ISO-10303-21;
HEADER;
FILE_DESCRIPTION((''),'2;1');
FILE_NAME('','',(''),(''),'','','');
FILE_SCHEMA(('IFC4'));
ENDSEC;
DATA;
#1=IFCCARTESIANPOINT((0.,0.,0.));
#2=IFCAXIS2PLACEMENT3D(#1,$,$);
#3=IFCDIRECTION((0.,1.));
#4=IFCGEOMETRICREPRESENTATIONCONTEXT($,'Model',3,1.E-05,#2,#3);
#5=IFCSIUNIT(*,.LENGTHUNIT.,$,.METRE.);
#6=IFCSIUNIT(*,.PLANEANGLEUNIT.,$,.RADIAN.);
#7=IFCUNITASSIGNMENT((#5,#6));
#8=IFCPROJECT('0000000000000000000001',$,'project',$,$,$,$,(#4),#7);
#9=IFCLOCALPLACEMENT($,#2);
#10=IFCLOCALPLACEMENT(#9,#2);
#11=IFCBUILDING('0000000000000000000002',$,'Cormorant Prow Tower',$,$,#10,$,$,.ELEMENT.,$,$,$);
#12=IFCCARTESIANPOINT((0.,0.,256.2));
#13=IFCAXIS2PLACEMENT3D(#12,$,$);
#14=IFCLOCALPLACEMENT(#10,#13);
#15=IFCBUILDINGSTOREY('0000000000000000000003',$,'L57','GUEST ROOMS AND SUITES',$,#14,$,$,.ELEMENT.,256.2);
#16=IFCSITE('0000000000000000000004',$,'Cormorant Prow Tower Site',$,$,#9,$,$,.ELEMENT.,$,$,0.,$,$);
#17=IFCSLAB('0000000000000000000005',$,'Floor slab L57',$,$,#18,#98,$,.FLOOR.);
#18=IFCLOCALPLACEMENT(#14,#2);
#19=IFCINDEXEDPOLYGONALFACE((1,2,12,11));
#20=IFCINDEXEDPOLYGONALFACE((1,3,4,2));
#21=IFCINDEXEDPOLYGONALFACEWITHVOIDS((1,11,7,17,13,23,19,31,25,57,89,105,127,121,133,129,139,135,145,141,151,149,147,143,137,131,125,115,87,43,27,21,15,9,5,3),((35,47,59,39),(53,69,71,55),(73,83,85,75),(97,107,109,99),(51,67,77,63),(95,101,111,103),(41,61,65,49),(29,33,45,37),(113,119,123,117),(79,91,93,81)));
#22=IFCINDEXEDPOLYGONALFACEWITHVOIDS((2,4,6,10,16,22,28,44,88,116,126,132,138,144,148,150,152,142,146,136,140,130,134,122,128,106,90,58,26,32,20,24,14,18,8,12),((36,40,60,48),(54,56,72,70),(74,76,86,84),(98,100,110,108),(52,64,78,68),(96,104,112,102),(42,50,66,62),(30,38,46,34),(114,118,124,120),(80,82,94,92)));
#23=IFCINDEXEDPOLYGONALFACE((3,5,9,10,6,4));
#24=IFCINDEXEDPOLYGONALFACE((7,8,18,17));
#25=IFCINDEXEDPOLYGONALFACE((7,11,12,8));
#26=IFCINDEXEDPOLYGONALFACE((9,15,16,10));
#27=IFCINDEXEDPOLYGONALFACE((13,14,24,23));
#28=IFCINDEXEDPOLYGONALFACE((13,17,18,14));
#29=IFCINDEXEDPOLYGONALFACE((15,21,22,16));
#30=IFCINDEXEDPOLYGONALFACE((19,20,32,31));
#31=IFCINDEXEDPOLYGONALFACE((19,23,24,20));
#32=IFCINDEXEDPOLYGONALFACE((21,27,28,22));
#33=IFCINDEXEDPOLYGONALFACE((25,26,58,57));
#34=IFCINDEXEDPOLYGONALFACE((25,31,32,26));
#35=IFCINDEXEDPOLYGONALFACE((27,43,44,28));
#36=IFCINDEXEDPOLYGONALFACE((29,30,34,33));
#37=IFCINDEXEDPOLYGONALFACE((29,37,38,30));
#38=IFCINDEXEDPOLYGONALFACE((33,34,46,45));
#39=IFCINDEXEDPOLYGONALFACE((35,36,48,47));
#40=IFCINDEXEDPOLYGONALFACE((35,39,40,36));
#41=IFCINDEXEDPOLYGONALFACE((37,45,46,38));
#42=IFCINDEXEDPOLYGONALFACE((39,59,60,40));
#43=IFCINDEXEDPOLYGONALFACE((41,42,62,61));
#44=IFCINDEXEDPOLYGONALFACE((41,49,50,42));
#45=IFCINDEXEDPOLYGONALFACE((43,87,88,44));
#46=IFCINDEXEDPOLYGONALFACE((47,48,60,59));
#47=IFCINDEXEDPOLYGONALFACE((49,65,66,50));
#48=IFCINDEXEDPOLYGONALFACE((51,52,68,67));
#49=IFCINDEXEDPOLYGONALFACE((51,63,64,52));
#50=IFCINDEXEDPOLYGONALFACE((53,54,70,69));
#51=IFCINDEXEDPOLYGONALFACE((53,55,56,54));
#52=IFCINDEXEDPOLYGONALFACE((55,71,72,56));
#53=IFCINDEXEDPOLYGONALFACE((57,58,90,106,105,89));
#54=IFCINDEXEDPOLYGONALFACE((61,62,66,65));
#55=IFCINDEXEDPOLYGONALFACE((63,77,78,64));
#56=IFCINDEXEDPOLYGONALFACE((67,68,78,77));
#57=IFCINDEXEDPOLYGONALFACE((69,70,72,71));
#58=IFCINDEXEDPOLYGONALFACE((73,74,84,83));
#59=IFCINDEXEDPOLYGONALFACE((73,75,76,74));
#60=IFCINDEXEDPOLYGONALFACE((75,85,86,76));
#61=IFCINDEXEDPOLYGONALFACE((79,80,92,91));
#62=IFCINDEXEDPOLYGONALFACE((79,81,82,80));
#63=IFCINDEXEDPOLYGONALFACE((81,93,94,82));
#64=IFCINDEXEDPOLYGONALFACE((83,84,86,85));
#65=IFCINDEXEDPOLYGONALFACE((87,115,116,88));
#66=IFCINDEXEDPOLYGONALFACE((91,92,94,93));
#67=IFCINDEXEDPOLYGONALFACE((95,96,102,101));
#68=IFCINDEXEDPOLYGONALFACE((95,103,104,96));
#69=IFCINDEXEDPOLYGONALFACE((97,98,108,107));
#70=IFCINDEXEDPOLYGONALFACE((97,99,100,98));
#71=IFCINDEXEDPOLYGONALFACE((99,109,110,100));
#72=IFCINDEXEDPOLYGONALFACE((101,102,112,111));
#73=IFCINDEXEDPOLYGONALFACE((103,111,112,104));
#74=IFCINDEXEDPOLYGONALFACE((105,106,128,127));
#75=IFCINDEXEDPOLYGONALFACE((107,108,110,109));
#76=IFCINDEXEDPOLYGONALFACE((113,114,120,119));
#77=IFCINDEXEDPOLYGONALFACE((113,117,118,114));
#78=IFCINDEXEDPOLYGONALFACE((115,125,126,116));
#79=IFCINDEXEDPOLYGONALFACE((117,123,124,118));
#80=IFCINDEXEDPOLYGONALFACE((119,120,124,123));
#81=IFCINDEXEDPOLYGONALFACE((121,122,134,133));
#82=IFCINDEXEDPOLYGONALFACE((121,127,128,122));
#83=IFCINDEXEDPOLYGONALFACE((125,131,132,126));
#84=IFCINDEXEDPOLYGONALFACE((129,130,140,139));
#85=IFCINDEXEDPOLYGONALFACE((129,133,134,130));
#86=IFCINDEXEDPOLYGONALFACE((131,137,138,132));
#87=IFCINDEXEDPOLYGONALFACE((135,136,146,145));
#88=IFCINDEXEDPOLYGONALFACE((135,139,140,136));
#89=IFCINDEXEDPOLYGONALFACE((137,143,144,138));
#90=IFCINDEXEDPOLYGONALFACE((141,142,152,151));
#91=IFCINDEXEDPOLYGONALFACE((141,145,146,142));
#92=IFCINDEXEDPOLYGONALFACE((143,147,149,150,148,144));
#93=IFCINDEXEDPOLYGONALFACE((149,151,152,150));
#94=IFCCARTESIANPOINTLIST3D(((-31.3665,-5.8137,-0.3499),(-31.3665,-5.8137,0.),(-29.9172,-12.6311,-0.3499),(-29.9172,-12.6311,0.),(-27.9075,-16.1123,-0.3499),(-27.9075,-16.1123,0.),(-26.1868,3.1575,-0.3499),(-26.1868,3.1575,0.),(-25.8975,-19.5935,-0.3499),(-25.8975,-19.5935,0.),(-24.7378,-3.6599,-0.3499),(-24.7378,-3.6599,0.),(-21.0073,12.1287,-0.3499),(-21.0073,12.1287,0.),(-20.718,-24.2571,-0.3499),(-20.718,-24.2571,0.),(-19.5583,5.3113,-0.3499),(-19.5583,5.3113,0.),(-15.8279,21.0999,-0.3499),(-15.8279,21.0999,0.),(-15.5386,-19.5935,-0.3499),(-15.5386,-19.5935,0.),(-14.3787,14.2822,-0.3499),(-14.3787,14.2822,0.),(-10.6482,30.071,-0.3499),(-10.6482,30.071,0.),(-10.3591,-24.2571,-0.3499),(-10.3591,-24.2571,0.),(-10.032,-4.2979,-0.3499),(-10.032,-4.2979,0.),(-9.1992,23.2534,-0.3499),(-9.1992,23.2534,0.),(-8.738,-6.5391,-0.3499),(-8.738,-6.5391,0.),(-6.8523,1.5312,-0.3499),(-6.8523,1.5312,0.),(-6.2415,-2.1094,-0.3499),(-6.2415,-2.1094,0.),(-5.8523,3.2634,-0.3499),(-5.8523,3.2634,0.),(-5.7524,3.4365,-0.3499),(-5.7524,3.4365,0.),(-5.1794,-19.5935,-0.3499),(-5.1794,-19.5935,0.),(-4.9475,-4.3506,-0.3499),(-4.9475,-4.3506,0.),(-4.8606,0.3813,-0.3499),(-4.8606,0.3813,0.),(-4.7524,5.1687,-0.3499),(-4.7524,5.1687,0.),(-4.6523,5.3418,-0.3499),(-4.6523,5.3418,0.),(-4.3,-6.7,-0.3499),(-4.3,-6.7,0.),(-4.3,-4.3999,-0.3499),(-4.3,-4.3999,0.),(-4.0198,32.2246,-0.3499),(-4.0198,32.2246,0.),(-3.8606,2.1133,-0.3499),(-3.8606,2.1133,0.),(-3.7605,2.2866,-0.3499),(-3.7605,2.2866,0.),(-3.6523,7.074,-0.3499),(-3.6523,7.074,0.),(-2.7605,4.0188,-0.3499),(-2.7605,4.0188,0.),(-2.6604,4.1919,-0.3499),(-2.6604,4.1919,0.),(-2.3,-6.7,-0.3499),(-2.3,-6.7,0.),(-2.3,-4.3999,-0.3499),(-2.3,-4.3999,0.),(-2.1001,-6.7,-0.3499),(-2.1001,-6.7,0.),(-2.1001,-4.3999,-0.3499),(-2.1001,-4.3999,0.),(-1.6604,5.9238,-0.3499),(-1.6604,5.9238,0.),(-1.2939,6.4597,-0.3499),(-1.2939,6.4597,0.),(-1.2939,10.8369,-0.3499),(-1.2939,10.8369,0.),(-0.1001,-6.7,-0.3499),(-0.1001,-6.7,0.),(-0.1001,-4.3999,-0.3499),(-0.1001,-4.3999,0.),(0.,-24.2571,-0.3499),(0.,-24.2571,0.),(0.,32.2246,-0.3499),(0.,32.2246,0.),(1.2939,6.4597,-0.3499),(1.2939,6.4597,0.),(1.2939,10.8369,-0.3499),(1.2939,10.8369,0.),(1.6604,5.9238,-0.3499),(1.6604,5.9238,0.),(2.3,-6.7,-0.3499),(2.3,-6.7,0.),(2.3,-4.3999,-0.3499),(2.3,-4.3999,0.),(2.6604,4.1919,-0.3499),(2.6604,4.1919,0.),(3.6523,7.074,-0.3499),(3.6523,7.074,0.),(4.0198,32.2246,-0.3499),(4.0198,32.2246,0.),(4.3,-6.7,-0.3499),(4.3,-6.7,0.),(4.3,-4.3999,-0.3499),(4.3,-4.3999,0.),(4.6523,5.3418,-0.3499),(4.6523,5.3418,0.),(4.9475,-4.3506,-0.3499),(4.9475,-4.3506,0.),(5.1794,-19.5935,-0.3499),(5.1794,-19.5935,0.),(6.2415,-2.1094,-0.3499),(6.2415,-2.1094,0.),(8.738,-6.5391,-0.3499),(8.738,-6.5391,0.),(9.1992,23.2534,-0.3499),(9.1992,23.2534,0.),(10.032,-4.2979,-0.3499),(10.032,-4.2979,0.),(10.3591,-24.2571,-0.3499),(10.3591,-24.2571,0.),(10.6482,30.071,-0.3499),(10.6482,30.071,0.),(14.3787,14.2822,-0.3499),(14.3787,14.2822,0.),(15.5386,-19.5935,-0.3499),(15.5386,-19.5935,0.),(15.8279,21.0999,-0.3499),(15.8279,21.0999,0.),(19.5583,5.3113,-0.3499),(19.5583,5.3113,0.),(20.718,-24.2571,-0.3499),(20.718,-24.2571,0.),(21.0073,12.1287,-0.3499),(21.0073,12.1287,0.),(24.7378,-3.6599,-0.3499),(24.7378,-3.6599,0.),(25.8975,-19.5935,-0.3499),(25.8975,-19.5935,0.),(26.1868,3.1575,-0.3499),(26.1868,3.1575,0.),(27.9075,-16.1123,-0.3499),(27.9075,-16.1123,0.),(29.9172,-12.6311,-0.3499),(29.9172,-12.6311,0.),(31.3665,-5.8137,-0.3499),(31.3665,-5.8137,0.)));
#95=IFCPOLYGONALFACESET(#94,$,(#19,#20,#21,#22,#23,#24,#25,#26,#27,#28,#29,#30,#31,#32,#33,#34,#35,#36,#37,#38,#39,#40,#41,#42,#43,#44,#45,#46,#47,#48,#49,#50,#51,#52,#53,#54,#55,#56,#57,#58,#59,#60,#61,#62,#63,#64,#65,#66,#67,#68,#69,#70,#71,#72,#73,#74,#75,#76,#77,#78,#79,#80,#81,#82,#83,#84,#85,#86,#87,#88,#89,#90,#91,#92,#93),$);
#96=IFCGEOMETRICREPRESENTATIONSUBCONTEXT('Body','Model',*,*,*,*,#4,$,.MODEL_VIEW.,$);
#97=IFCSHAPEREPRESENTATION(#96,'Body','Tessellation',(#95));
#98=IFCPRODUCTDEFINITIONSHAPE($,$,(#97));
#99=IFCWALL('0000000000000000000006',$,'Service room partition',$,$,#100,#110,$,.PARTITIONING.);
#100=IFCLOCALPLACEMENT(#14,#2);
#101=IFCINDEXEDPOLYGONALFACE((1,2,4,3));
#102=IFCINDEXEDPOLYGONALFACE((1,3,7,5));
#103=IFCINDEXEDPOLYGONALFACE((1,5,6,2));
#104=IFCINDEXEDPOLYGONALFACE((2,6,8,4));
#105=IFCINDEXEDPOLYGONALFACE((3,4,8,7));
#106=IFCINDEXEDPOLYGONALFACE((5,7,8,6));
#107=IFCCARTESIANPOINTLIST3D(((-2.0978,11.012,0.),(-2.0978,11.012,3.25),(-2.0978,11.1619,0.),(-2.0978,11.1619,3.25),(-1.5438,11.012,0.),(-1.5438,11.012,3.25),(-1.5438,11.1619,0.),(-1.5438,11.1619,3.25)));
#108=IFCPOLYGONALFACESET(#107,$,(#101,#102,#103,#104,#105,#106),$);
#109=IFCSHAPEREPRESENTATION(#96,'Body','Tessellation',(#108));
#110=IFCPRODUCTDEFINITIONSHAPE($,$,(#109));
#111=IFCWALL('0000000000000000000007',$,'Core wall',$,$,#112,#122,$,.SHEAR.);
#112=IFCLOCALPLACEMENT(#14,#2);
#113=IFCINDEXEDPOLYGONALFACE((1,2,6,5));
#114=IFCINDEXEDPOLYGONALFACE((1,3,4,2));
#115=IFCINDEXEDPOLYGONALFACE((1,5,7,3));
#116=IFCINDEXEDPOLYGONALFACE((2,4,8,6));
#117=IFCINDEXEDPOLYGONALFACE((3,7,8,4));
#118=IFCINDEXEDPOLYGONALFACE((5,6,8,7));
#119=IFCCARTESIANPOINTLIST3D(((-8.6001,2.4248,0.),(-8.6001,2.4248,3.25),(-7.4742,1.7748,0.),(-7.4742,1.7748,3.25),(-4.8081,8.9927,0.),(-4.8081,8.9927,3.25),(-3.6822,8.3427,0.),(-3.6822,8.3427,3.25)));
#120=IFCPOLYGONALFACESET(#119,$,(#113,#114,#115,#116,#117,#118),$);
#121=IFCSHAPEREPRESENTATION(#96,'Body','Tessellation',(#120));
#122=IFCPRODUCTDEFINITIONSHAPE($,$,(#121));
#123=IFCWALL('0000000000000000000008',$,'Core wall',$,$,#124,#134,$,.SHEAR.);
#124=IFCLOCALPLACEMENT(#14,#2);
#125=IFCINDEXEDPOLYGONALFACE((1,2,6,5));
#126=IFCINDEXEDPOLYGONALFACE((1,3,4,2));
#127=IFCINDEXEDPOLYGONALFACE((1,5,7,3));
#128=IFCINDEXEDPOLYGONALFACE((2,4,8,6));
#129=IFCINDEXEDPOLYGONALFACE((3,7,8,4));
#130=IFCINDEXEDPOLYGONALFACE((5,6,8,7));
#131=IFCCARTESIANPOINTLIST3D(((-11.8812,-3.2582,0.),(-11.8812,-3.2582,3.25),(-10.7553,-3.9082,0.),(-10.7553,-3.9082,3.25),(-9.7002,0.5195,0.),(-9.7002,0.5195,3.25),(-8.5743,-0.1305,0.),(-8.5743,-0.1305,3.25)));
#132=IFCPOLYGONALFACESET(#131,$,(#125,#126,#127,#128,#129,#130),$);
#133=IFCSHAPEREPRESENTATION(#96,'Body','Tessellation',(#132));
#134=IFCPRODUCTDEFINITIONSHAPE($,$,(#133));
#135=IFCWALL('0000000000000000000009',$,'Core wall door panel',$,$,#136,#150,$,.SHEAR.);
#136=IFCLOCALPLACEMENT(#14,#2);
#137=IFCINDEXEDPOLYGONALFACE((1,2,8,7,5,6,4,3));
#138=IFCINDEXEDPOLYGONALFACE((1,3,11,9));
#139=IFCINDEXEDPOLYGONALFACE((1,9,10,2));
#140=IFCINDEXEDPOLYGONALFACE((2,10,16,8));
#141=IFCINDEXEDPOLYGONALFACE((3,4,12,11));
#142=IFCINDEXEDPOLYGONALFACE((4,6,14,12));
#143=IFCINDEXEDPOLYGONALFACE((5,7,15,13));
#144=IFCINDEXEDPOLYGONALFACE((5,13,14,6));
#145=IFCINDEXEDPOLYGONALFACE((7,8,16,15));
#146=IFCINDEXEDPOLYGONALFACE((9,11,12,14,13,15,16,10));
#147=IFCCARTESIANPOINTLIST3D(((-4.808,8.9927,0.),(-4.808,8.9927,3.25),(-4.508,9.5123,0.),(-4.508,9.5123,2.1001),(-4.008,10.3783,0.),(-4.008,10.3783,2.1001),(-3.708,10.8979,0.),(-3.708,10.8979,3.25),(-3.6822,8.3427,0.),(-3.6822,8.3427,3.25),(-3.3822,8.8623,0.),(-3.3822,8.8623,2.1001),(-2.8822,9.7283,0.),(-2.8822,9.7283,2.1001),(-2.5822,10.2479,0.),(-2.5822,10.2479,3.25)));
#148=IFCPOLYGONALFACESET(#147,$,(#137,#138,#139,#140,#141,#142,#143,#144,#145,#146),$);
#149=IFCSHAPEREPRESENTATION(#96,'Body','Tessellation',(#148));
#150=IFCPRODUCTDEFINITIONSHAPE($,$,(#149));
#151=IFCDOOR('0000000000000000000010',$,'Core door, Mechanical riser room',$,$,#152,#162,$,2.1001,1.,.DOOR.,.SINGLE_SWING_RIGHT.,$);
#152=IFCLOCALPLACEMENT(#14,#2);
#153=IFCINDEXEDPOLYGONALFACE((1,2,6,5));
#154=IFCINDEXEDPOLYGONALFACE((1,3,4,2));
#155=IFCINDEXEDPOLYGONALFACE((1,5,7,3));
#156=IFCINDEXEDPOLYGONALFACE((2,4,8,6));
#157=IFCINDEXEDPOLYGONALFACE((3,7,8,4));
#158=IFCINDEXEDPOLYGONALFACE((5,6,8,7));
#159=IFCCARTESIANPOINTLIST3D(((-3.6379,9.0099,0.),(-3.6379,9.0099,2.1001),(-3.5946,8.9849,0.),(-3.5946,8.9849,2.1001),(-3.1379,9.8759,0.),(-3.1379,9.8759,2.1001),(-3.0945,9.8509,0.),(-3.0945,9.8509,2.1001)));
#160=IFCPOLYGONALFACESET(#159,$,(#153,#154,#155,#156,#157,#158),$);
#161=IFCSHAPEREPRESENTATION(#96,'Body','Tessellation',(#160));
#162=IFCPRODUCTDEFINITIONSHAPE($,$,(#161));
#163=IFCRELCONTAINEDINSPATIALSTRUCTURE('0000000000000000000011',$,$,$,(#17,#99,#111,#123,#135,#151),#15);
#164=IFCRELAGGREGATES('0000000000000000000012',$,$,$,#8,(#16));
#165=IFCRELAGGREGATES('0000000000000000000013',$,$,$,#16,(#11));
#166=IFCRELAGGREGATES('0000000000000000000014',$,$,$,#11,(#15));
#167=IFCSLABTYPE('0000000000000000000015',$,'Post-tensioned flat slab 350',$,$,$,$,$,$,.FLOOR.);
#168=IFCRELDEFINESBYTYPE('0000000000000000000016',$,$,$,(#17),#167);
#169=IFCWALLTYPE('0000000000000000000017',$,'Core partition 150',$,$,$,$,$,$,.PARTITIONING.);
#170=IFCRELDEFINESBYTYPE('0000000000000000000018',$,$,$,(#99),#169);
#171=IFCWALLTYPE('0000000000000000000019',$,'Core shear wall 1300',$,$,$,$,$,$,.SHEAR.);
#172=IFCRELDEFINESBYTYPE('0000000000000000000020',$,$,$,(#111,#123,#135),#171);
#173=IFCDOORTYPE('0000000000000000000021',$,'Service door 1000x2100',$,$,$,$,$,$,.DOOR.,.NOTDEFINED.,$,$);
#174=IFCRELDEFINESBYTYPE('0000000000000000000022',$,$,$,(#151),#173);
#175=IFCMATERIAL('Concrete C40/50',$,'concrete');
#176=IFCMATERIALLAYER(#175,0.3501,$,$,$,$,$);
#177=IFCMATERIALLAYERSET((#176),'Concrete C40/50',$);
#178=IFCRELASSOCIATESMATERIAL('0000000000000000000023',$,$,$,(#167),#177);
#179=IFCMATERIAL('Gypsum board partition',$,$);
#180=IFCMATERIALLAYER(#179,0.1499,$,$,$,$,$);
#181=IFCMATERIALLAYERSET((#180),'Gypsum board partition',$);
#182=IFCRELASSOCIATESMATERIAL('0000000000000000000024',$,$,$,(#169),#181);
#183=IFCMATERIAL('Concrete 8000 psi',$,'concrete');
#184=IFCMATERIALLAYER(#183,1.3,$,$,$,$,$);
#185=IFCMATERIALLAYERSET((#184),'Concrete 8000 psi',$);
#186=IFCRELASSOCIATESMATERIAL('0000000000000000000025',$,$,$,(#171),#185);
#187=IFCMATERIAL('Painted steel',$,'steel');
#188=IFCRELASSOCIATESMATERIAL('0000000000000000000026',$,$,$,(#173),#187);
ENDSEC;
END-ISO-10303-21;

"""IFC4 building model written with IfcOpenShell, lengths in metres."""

from ifc_helpers import new_model, si_unit, direction, frame, frame_2d, origin, place, context, subcontext, project, spatial, polyline, rectangle, outline, extrude, material, layer, layer_set, type_object, element, fill, save


model = new_model("IFC4")

# Units and contexts
model_context = context("Model", 3, precision=1e-05, world=origin(), true_north=direction((0.0, 1.0)))
body_context = subcontext(model_context, "Body", "Model", "MODEL_VIEW")
ifc_project = project(units=[si_unit("LENGTHUNIT", "METRE"), si_unit("PLANEANGLEUNIT", "RADIAN")], contexts=[model_context])

# Site, building, storey
site_placement = place(None, origin())
site = spatial("IfcSite", under=ifc_project, at=site_placement, Name="Cormorant Prow Tower Site", CompositionType="ELEMENT", RefElevation=0.0)
building_placement = place(site_placement, origin())
building = spatial("IfcBuilding", under=site, at=building_placement, Name="Cormorant Prow Tower", CompositionType="ELEMENT")
storey_placement = place(building_placement, frame((0.0, 0.0, 256.2)))
storey = spatial("IfcBuildingStorey", under=building, at=storey_placement, Name="L57", Description="GUEST ROOMS AND SUITES", CompositionType="ELEMENT", Elevation=256.2)

# Slab
ifc_material_1 = material(Name="Concrete C40/50", Category="concrete")
ifc_layer_1 = layer(ifc_material_1, 0.3501)
ifc_layer_set_1 = layer_set([ifc_layer_1], Name="Concrete C40/50")
slab_type_1 = type_object("IfcSlabType", Name="Post-tensioned flat slab 350", PredefinedType="FLOOR", material=ifc_layer_set_1)
slab_1_placement = place(storey_placement, frame((0.0, 0.0, -0.3499)))
element("IfcSlab", 1, at=slab_1_placement, inside=storey, type_object=slab_type_1, Name="Floor slab L57", PredefinedType="FLOOR", context=body_context, shape_type="SweptSolid", body=[
    extrude(outline(polyline([(-9.1992, 23.2534), (-15.8279, 21.0999), (-14.3787, 14.2822), (-21.0073, 12.1287), (-19.5583, 5.3113), (-26.1868, 3.1575), (-24.7378, -3.6599), (-31.3665, -5.8137), (-29.9172, -12.6311), (-27.9075, -16.1123), (-25.8975, -19.5935), (-20.718, -24.2571), (-15.5386, -19.5935), (-10.3591, -24.2571), (-5.1794, -19.5935), (0.0, -24.2571), (5.1794, -19.5935), (10.3591, -24.2571), (15.5386, -19.5935), (20.718, -24.2571), (25.8975, -19.5935), (27.9075, -16.1123), (29.9172, -12.6311), (31.3665, -5.8137), (24.7378, -3.6599), (26.1868, 3.1575), (19.5583, 5.3113), (21.0073, 12.1287), (14.3787, 14.2822), (15.8279, 21.0999), (9.1992, 23.2534), (10.6482, 30.071), (4.0198, 32.2246), (0.0, 32.2246), (-4.0198, 32.2246), (-10.6482, 30.071), (-9.1992, 23.2534)]), holes=[polyline([(-4.3, -4.3999), (-2.3, -4.3999), (-2.3, -6.7), (-4.3, -6.7), (-4.3, -4.3999)]), polyline([(-0.1001, -4.3999), (-0.1001, -6.7), (-2.1001, -6.7), (-2.1001, -4.3999), (-0.1001, -4.3999)]), polyline([(4.3, -6.7), (2.3, -6.7), (2.3, -4.3999), (4.3, -4.3999), (4.3, -6.7)]), polyline([(4.6523, 5.3418), (2.6604, 4.1919), (1.6604, 5.9238), (3.6523, 7.074), (4.6523, 5.3418)]), polyline([(-1.6604, 5.9238), (-2.6604, 4.1919), (-4.6523, 5.3418), (-3.6523, 7.074), (-1.6604, 5.9238)]), polyline([(-3.7605, 2.2866), (-5.7524, 3.4365), (-4.7524, 5.1687), (-2.7605, 4.0188), (-3.7605, 2.2866)]), polyline([(-6.8523, 1.5312), (-5.8523, 3.2634), (-3.8606, 2.1133), (-4.8606, 0.3813), (-6.8523, 1.5312)]), polyline([(-4.9475, -4.3506), (-8.738, -6.5391), (-10.032, -4.2979), (-6.2415, -2.1094), (-4.9475, -4.3506)]), polyline([(10.032, -4.2979), (8.738, -6.5391), (4.9475, -4.3506), (6.2415, -2.1094), (10.032, -4.2979)]), polyline([(1.2939, 10.8369), (1.2939, 6.4597), (-1.2939, 6.4597), (-1.2939, 10.8369), (1.2939, 10.8369)])]), origin(), (0.0, 0.0, 1.0), 0.3499),
])

# Walls
ifc_material_2 = material(Name="Gypsum board partition")
ifc_layer_2 = layer(ifc_material_2, 0.1499)
ifc_layer_set_2 = layer_set([ifc_layer_2], Name="Gypsum board partition")
wall_type_1 = type_object("IfcWallType", Name="Core partition 150", PredefinedType="PARTITIONING", material=ifc_layer_set_2)
wall_1_placement = place(storey_placement, frame((-1.5439, 11.0869, 0.0), z_axis=(0.0, 0.0, 1.0), x_axis=(-1.0, 0.0, 0.0)))
element("IfcWall", 2, at=wall_1_placement, inside=storey, type_object=wall_type_1, Name="Service room partition", PredefinedType="PARTITIONING", context=body_context, shape_type="SweptSolid", body=[
    extrude(rectangle(XDim=0.554, YDim=0.1499, at=frame_2d((0.2769, 0.0))), origin(), (0.0, 0.0, 1.0), 3.25),
])
ifc_material_3 = material(Name="Concrete 8000 psi", Category="concrete")
ifc_layer_3 = layer(ifc_material_3, 1.3)
ifc_layer_set_3 = layer_set([ifc_layer_3], Name="Concrete 8000 psi")
wall_type_2 = type_object("IfcWallType", Name="Core shear wall 1300", PredefinedType="SHEAR", material=ifc_layer_set_3)
wall_2_placement = place(storey_placement, frame((-4.2451, 8.6677, 0.0), z_axis=(0.0, 0.0, 1.0), x_axis=(-0.500003, -0.866024, 0.0)))
element("IfcWall", 3, at=wall_2_placement, inside=storey, type_object=wall_type_2, Name="Core wall", PredefinedType="SHEAR", context=body_context, shape_type="SweptSolid", body=[
    extrude(rectangle(XDim=7.584, YDim=1.3, at=frame_2d((3.792, 0.0))), origin(), (0.0, 0.0, 1.0), 3.25),
])
wall_3_placement = place(storey_placement, frame((-9.1372, 0.1946, 0.0), z_axis=(0.0, 0.0, 1.0), x_axis=(-0.499986, -0.866034, 0.0)))
element("IfcWall", 4, at=wall_3_placement, inside=storey, type_object=wall_type_2, Name="Core wall", PredefinedType="SHEAR", context=body_context, shape_type="SweptSolid", body=[
    extrude(rectangle(XDim=4.3621, YDim=1.3, at=frame_2d((2.1812, 0.0))), origin(), (0.0, 0.0, 1.0), 3.25),
])

# Wall, opening, door
wall_4_placement = place(storey_placement, frame((-3.145, 10.573, 0.0), z_axis=(0.0, 0.0, 1.0), x_axis=(-0.50003, -0.866008, 0.0)))
wall_4 = element("IfcWall", 5, at=wall_4_placement, inside=storey, type_object=wall_type_2, Name="Core wall door panel", PredefinedType="SHEAR", context=body_context, shape_type="SweptSolid", body=[
    extrude(rectangle(XDim=2.2, YDim=1.3, at=frame_2d((1.1001, 0.0))), origin(), (0.0, 0.0, 1.0), 3.25),
])
opening_1_placement = place(wall_4_placement, frame((0.6001, 0.0, 0.0)))
opening_1 = element("IfcOpeningElement", 6, at=opening_1_placement, cuts=wall_4, PredefinedType="OPENING", context=body_context, shape_type="SweptSolid", body=[
    extrude(rectangle(XDim=1.0, YDim=2.1001, at=frame_2d((0.5, 1.05))), frame((0.0, 0.6599, 0.0), z_axis=(0.0, -1.0, 0.0), x_axis=(1.0, 0.0, 0.0)), (0.0, 0.0, 1.0), 1.3201),
])
ifc_material_4 = material(Name="Painted steel", Category="steel")
door_type_1 = type_object("IfcDoorType", Name="Service door 1000x2100", OperationType="NOTDEFINED", PredefinedType="DOOR", material=ifc_material_4)
door_1_placement = place(opening_1_placement, origin())
door_1 = element("IfcDoor", 7, at=door_1_placement, inside=storey, type_object=door_type_1, Name="Core door, Mechanical riser room", OperationType="SINGLE_SWING_RIGHT", OverallHeight=2.1001, OverallWidth=1.0, PredefinedType="DOOR", context=body_context, shape_type="SweptSolid", body=[
    extrude(rectangle(XDim=1.0, YDim=2.1001, at=frame_2d((0.5, 1.05))), frame((0.0, 0.4048, 0.0), z_axis=(0.0, -1.0, 0.0), x_axis=(1.0, 0.0, 0.0)), (0.0, 0.0, 1.0), 0.05),
])
fill(opening_1, door_1)

save(model, "model.ifc")
